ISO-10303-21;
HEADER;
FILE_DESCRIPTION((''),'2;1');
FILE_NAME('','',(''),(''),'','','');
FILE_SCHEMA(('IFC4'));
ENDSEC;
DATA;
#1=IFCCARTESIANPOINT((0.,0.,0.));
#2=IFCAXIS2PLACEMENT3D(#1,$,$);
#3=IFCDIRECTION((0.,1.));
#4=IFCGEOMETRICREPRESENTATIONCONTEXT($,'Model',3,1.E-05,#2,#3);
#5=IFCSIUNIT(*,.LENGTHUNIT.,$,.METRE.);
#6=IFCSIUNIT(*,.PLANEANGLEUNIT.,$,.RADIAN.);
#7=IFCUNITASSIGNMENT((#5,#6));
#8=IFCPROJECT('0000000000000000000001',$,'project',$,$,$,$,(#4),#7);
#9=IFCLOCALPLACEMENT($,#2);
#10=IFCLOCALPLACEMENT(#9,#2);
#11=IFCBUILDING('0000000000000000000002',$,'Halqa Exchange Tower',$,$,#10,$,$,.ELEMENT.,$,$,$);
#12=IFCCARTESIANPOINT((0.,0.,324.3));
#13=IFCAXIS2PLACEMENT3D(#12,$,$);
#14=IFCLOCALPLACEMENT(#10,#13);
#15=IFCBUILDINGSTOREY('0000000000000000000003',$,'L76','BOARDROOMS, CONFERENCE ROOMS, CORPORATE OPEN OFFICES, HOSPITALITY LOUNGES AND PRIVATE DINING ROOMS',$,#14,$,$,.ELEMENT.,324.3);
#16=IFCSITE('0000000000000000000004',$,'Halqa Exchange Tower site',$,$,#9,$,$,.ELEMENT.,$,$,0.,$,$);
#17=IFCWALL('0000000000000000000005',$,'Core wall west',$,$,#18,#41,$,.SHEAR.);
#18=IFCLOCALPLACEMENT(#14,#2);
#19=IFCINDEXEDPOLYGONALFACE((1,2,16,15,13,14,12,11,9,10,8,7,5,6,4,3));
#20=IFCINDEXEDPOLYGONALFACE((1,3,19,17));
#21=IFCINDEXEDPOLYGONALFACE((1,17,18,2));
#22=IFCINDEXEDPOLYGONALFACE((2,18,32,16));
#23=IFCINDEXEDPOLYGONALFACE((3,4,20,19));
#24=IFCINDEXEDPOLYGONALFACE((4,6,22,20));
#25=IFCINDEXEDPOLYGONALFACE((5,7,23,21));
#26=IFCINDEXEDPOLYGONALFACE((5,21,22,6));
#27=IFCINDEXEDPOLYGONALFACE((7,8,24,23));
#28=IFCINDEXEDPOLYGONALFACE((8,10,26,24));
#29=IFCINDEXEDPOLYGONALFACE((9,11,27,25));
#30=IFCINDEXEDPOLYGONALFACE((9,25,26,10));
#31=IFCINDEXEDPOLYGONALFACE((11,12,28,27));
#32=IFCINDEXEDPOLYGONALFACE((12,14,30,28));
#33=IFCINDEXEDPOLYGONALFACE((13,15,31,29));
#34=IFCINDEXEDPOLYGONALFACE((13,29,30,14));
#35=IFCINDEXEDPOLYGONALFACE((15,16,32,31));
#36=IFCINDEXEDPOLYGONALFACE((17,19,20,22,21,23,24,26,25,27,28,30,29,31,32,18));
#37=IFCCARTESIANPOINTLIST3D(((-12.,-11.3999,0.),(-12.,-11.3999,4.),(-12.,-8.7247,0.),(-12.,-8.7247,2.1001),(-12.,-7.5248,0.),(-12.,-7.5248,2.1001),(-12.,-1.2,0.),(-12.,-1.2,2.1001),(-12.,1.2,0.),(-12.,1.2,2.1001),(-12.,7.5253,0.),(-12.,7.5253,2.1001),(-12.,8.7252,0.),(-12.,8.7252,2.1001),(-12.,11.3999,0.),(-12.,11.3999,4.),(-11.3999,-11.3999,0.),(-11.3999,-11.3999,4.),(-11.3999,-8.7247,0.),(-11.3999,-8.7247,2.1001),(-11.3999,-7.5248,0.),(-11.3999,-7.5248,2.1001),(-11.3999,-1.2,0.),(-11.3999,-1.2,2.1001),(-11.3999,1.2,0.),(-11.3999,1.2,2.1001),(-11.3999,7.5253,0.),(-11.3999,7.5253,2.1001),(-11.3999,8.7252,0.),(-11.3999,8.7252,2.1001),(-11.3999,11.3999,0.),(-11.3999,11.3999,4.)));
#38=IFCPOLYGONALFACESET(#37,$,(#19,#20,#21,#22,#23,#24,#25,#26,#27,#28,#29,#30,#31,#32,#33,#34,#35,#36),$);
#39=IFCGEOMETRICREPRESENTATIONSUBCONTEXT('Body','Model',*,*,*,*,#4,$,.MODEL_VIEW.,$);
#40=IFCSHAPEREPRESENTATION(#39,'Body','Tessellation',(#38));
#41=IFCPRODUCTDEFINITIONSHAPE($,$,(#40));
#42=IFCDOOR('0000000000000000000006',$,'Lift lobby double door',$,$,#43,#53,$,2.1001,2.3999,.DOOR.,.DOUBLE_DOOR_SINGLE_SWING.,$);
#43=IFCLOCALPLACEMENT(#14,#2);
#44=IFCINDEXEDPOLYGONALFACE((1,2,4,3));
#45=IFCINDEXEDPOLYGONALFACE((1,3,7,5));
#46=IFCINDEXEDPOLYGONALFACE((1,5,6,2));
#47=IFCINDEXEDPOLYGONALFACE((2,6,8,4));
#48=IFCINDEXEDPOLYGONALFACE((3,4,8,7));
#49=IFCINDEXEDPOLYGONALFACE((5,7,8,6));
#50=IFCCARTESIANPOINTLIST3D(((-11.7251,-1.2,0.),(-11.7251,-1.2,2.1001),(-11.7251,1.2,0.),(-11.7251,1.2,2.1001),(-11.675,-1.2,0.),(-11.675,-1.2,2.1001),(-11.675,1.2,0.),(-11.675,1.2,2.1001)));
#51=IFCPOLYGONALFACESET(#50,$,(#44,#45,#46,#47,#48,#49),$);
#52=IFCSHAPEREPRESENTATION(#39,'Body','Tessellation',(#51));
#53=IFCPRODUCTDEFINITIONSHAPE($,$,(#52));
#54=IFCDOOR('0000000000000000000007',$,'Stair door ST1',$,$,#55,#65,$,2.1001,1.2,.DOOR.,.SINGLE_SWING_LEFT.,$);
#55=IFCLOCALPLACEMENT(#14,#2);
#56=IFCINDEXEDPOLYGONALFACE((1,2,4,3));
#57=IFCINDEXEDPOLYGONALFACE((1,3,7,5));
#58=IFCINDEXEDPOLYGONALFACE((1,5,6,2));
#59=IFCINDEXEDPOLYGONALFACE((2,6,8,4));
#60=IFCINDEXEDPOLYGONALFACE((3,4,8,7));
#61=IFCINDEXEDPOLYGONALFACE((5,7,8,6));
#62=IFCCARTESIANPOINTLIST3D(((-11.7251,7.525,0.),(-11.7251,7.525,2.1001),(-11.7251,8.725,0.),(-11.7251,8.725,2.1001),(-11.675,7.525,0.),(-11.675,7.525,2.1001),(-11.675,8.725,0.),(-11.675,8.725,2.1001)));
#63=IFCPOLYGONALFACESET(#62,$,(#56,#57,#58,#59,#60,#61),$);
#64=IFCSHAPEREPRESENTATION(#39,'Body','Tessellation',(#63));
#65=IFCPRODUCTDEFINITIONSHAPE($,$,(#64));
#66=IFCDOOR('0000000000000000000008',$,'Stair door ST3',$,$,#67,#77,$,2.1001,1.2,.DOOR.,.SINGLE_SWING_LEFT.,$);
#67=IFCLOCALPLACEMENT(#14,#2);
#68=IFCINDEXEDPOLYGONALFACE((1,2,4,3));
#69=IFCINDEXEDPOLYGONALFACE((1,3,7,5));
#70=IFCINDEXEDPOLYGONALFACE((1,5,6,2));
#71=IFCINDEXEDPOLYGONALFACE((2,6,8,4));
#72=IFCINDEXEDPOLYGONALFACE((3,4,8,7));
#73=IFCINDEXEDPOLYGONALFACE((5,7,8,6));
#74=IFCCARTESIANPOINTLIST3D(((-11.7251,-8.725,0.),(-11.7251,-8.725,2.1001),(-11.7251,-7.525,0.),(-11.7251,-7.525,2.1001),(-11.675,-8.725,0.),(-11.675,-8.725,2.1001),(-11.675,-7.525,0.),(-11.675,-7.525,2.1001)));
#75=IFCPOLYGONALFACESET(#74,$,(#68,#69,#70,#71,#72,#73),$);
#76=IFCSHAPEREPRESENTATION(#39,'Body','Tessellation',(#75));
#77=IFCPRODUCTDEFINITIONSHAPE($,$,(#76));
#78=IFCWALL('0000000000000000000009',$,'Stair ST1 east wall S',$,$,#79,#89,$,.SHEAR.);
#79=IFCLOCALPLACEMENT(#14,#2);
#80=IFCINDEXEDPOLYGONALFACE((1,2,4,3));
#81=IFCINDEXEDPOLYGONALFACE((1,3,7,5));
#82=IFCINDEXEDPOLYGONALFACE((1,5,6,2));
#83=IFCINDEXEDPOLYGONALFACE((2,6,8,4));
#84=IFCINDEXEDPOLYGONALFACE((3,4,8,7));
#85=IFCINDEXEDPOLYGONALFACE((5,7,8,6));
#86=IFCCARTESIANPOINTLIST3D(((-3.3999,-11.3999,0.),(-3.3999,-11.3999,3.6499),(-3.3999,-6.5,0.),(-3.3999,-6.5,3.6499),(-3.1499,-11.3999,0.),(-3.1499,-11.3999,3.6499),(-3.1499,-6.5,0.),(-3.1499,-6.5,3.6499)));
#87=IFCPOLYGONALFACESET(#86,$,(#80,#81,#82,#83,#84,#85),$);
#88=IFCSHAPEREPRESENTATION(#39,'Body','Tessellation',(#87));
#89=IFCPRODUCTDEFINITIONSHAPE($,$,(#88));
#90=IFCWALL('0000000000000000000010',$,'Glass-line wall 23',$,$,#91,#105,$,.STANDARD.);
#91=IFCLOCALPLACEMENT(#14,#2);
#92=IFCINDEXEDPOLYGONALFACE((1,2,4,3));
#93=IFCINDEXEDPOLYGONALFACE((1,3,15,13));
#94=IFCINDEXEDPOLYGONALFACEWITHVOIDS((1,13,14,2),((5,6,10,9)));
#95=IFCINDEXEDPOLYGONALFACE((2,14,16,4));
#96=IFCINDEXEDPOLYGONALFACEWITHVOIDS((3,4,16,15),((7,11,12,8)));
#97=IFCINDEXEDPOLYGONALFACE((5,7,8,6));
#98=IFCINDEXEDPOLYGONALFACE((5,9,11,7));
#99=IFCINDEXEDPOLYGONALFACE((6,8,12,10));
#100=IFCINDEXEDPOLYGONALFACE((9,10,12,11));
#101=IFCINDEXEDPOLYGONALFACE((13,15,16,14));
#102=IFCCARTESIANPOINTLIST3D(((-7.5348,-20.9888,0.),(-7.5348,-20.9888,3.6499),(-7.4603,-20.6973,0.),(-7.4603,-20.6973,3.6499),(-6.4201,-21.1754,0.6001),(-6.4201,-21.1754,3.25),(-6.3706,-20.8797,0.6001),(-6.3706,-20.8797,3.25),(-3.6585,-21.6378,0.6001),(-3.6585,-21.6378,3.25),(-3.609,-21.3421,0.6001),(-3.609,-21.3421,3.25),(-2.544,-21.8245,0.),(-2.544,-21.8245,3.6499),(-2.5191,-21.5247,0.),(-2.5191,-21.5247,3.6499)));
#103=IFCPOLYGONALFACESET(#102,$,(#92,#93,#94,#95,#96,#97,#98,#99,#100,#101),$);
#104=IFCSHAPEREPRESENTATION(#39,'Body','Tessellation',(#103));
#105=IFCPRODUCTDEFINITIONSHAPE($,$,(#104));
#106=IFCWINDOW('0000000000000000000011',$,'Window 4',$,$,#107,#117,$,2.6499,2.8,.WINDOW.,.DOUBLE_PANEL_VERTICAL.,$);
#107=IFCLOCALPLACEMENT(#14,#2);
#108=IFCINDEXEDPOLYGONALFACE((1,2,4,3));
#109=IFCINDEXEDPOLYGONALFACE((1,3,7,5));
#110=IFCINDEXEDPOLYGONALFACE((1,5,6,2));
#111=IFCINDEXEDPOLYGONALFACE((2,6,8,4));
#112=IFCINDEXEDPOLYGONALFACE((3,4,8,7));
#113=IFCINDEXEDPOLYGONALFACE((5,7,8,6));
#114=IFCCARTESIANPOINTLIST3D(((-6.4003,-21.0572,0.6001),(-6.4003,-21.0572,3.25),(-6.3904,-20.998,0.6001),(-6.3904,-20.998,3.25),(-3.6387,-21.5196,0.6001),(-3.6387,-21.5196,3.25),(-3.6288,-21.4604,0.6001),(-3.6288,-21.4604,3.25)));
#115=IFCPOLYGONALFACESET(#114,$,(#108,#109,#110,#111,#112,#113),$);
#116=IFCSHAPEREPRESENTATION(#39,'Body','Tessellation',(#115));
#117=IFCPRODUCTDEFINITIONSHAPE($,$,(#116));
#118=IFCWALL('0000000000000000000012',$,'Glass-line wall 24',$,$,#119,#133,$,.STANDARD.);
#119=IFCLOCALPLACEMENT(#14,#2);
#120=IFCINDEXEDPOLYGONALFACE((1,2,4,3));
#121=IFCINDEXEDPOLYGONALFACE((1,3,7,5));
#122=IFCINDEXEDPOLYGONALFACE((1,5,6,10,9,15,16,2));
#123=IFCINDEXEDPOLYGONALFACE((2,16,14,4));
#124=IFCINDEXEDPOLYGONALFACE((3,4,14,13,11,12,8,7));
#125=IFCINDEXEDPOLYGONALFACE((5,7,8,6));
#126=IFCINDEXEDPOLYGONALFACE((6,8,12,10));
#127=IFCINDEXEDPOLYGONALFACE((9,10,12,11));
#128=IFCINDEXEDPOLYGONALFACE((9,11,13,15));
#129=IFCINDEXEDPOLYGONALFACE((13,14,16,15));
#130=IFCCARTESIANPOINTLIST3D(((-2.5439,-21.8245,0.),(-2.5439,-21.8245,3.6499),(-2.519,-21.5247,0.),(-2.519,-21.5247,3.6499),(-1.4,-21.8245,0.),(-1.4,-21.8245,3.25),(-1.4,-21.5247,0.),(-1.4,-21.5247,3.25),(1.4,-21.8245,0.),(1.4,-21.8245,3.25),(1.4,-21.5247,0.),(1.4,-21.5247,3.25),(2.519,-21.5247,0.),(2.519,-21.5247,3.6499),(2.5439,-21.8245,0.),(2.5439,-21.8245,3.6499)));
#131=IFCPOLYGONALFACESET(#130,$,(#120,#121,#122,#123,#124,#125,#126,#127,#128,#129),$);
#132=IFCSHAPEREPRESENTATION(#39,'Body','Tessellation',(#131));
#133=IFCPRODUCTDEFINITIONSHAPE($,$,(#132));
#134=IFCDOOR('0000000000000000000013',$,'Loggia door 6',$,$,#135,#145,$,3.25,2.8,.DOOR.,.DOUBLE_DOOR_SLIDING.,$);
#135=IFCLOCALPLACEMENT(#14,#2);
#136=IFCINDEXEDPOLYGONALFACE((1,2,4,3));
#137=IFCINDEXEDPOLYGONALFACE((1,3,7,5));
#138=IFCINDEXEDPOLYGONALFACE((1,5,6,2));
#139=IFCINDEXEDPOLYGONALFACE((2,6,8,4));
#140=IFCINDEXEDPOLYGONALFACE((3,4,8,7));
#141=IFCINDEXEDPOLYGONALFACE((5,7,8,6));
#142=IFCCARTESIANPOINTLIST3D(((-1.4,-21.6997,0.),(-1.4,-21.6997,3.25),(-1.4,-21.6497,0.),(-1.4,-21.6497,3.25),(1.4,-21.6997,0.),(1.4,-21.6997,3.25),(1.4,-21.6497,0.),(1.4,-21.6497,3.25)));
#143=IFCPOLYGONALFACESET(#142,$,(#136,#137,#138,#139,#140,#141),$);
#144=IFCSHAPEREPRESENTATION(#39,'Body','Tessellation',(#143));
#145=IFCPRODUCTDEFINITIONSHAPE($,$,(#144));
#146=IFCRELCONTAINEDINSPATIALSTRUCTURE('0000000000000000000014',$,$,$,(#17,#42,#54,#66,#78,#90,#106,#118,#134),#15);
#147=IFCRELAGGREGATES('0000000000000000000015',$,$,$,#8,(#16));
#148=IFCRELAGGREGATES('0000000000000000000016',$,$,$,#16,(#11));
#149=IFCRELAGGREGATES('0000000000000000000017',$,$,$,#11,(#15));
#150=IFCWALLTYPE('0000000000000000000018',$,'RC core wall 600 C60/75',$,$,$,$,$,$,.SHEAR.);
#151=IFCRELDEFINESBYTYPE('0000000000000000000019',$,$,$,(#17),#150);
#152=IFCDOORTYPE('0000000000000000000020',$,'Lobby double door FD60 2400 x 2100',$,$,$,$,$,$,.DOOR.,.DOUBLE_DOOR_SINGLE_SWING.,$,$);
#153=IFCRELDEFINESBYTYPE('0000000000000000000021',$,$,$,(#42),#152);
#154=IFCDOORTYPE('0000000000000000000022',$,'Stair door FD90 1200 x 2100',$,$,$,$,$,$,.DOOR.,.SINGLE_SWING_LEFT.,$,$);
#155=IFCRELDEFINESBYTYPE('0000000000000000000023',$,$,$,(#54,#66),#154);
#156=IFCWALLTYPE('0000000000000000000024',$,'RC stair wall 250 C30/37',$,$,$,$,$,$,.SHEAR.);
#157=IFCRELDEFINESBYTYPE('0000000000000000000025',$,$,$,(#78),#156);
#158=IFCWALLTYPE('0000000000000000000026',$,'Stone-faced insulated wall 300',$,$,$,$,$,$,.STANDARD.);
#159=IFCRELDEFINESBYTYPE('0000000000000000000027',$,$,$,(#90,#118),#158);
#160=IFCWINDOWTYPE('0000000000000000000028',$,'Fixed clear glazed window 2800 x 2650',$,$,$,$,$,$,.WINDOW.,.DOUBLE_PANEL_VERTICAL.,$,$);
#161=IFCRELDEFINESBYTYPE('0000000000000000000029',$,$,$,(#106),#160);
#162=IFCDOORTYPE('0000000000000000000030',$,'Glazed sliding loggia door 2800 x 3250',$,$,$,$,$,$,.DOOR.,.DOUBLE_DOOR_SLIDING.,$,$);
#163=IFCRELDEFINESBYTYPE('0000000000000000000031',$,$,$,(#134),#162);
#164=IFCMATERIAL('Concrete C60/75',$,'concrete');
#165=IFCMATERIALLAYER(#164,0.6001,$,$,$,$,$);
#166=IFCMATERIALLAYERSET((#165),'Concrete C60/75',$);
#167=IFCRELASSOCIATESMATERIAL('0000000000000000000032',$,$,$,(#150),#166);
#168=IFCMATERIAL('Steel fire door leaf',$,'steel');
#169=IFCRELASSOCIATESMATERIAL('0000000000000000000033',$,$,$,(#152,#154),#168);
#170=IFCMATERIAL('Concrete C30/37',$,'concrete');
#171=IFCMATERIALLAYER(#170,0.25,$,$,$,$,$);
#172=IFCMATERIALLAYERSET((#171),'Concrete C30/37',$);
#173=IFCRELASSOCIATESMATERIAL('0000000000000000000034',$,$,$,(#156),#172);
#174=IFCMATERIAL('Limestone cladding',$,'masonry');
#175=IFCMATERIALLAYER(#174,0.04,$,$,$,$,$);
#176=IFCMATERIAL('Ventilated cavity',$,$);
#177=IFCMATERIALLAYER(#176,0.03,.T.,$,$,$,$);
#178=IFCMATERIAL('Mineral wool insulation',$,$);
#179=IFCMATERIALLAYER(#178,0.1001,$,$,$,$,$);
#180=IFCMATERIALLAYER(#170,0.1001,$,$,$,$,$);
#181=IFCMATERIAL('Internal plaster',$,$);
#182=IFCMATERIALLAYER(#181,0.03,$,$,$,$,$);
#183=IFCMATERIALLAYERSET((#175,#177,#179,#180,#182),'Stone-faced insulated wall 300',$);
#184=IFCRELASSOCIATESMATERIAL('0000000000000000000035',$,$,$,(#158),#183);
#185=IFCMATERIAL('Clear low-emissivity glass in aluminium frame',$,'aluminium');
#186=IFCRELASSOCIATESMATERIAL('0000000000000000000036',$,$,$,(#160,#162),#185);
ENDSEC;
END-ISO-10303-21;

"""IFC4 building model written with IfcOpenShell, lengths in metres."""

from ifc_helpers import new_model, si_unit, direction, frame, frame_2d, origin, place, context, subcontext, project, spatial, polyline, rectangle, outline, extrude, material, layer, layer_set, type_object, element, fill, save


model = new_model("IFC4")

# Units and contexts
model_context = context("Model", 3, precision=1e-05, world=origin(), true_north=direction((0.0, 1.0)))
body_context = subcontext(model_context, "Body", "Model", "MODEL_VIEW")
ifc_project = project(units=[si_unit("LENGTHUNIT", "METRE"), si_unit("PLANEANGLEUNIT", "RADIAN")], contexts=[model_context])

# Site, building, storey
site_placement = place(None, origin())
site = spatial("IfcSite", under=ifc_project, at=site_placement, Name="Halqa Exchange Tower site", CompositionType="ELEMENT", RefElevation=0.0)
building_placement = place(site_placement, origin())
building = spatial("IfcBuilding", under=site, at=building_placement, Name="Halqa Exchange Tower", CompositionType="ELEMENT")
storey_placement = place(building_placement, frame((0.0, 0.0, 324.3)))
storey = spatial("IfcBuildingStorey", under=building, at=storey_placement, Name="L76", Description="BOARDROOMS, CONFERENCE ROOMS, CORPORATE OPEN OFFICES, HOSPITALITY LOUNGES AND PRIVATE DINING ROOMS", CompositionType="ELEMENT", Elevation=324.3)

# Shared definitions
ifc_material_1 = material(Name="Concrete C60/75", Category="concrete")

# Wall, openings, doors
ifc_layer_1 = layer(ifc_material_1, 0.6001)
ifc_layer_set_1 = layer_set([ifc_layer_1], Name="Concrete C60/75")
wall_type_1 = type_object("IfcWallType", Name="RC core wall 600 C60/75", PredefinedType="SHEAR", material=ifc_layer_set_1)
wall_1_placement = place(storey_placement, frame((-11.7, -11.3999, 0.0), z_axis=(0.0, 0.0, 1.0), x_axis=(0.0, 1.0, 0.0)))
wall_1 = element("IfcWall", 1, at=wall_1_placement, inside=storey, type_object=wall_type_1, Name="Core wall west", PredefinedType="SHEAR", context=body_context, shape_type="SweptSolid", body=[
    extrude(rectangle(XDim=22.7998, YDim=0.6001, at=frame_2d((11.3999, 0.0))), origin(), (0.0, 0.0, 1.0), 4.0),
])
opening_1_placement = place(wall_1_placement, frame((10.2, 0.0, 0.0)))
opening_1 = element("IfcOpeningElement", 2, at=opening_1_placement, cuts=wall_1, PredefinedType="OPENING", context=body_context, shape_type="SweptSolid", body=[
    extrude(rectangle(XDim=2.3999, YDim=2.1001, at=frame_2d((1.2, 1.05))), frame((0.0, 0.312, 0.0), z_axis=(0.0, -1.0, 0.0), x_axis=(1.0, 0.0, 0.0)), (0.0, 0.0, 1.0), 0.624),
])
opening_2_placement = place(wall_1_placement, frame((18.925, 0.0, 0.0)))
opening_2 = element("IfcOpeningElement", 3, at=opening_2_placement, cuts=wall_1, PredefinedType="OPENING", context=body_context, shape_type="SweptSolid", body=[
    extrude(rectangle(XDim=1.2, YDim=2.1001, at=frame_2d((0.6001, 1.05))), frame((0.0, 0.312, 0.0), z_axis=(0.0, -1.0, 0.0), x_axis=(1.0, 0.0, 0.0)), (0.0, 0.0, 1.0), 0.624),
])
opening_3_placement = place(wall_1_placement, frame((2.675, 0.0, 0.0)))
opening_3 = element("IfcOpeningElement", 4, at=opening_3_placement, cuts=wall_1, PredefinedType="OPENING", context=body_context, shape_type="SweptSolid", body=[
    extrude(rectangle(XDim=1.2, YDim=2.1001, at=frame_2d((0.6001, 1.05))), frame((0.0, 0.312, 0.0), z_axis=(0.0, -1.0, 0.0), x_axis=(1.0, 0.0, 0.0)), (0.0, 0.0, 1.0), 0.624),
])
ifc_material_2 = material(Name="Steel fire door leaf", Category="steel")
door_type_1 = type_object("IfcDoorType", Name="Lobby double door FD60 2400 x 2100", OperationType="DOUBLE_DOOR_SINGLE_SWING", PredefinedType="DOOR", material=ifc_material_2)
door_1_placement = place(opening_1_placement, frame((2.3999, 0.0, 0.0), z_axis=(0.0, 0.0, 1.0), x_axis=(-1.0, 0.0, 0.0)))
door_1 = element("IfcDoor", 5, at=door_1_placement, inside=storey, type_object=door_type_1, Name="Lift lobby double door", OperationType="DOUBLE_DOOR_SINGLE_SWING", OverallHeight=2.1001, OverallWidth=2.3999, PredefinedType="DOOR", context=body_context, shape_type="SweptSolid", body=[
    extrude(rectangle(XDim=2.3999, YDim=2.1001, at=frame_2d((1.2, 1.05))), frame((0.0, 0.0249, 0.0), z_axis=(0.0, -1.0, 0.0), x_axis=(1.0, 0.0, 0.0)), (0.0, 0.0, 1.0), 0.05),
])
fill(opening_1, door_1)
door_type_2 = type_object("IfcDoorType", Name="Stair door FD90 1200 x 2100", OperationType="SINGLE_SWING_LEFT", PredefinedType="DOOR", material=ifc_material_2)
door_2_placement = place(opening_2_placement, frame((1.2, 0.0, 0.0), z_axis=(0.0, 0.0, 1.0), x_axis=(-1.0, 0.0, 0.0)))
door_2 = element("IfcDoor", 6, at=door_2_placement, inside=storey, type_object=door_type_2, Name="Stair door ST1", OperationType="SINGLE_SWING_LEFT", OverallHeight=2.1001, OverallWidth=1.2, PredefinedType="DOOR", context=body_context, shape_type="SweptSolid", body=[
    extrude(rectangle(XDim=1.2, YDim=2.1001, at=frame_2d((0.6001, 1.05))), frame((0.0, 0.0249, 0.0), z_axis=(0.0, -1.0, 0.0), x_axis=(1.0, 0.0, 0.0)), (0.0, 0.0, 1.0), 0.05),
])
fill(opening_2, door_2)
door_3_placement = place(opening_3_placement, frame((1.2, 0.0, 0.0), z_axis=(0.0, 0.0, 1.0), x_axis=(-1.0, 0.0, 0.0)))
door_3 = element("IfcDoor", 7, at=door_3_placement, inside=storey, type_object=door_type_2, Name="Stair door ST3", OperationType="SINGLE_SWING_LEFT", OverallHeight=2.1001, OverallWidth=1.2, PredefinedType="DOOR", context=body_context, shape_type="SweptSolid", body=[
    extrude(rectangle(XDim=1.2, YDim=2.1001, at=frame_2d((0.6001, 1.05))), frame((0.0, 0.0249, 0.0), z_axis=(0.0, -1.0, 0.0), x_axis=(1.0, 0.0, 0.0)), (0.0, 0.0, 1.0), 0.05),
])
fill(opening_3, door_3)

# Wall
ifc_material_3 = material(Name="Concrete C30/37", Category="concrete")
ifc_layer_2 = layer(ifc_material_3, 0.25)
ifc_layer_set_2 = layer_set([ifc_layer_2], Name="Concrete C30/37")
wall_type_2 = type_object("IfcWallType", Name="RC stair wall 250 C30/37", PredefinedType="SHEAR", material=ifc_layer_set_2)
wall_2_placement = place(storey_placement, frame((-3.2749, -11.3999, 0.0), z_axis=(0.0, 0.0, 1.0), x_axis=(0.0, 1.0, 0.0)))
element("IfcWall", 8, at=wall_2_placement, inside=storey, type_object=wall_type_2, Name="Stair ST1 east wall S", PredefinedType="SHEAR", context=body_context, shape_type="SweptSolid", body=[
    extrude(rectangle(XDim=4.8999, YDim=0.25, at=frame_2d((2.45, 0.0))), origin(), (0.0, 0.0, 1.0), 3.6499),
])

# Wall, opening, window
ifc_material_4 = material(Name="Limestone cladding", Category="masonry")
ifc_layer_3 = layer(ifc_material_4, 0.04)
ifc_material_5 = material(Name="Ventilated cavity")
ifc_layer_4 = layer(ifc_material_5, 0.03, ventilated=True)
ifc_material_6 = material(Name="Mineral wool insulation")
ifc_layer_5 = layer(ifc_material_6, 0.1001)
ifc_layer_6 = layer(ifc_material_3, 0.1001)
ifc_material_7 = material(Name="Internal plaster")
ifc_layer_7 = layer(ifc_material_7, 0.03)
ifc_layer_set_3 = layer_set([ifc_layer_3, ifc_layer_4, ifc_layer_5, ifc_layer_6, ifc_layer_7], Name="Stone-faced insulated wall 300")
wall_type_3 = type_object("IfcWallType", Name="Stone-faced insulated wall 300", PredefinedType="STANDARD", material=ifc_layer_set_3)
wall_3_placement = place(storey_placement, frame((-7.4976, -20.843, 0.0), z_axis=(0.0, 0.0, 1.0), x_axis=(0.986269, -0.165146, 0.0)))
wall_3 = element("IfcWall", 9, at=wall_3_placement, inside=storey, type_object=wall_type_3, Name="Glass-line wall 23", PredefinedType="STANDARD", context=body_context, shape_type="SweptSolid", body=[
    extrude(outline(polyline([(-0.0127, -0.1499), (5.0476, -0.1499), (5.0227, 0.1499), (0.0127, 0.1499), (-0.0127, -0.1499)])), origin(), (0.0, 0.0, 1.0), 3.6499),
])
opening_4_placement = place(wall_3_placement, frame((1.1177, 0.0, 0.6001)))
opening_4 = element("IfcOpeningElement", 10, at=opening_4_placement, cuts=wall_3, PredefinedType="OPENING", context=body_context, shape_type="SweptSolid", body=[
    extrude(rectangle(XDim=2.8, YDim=2.6499, at=frame_2d((1.3999, 1.325))), frame((0.0, 0.1621, 0.0), z_axis=(0.0, -1.0, 0.0), x_axis=(1.0, 0.0, 0.0)), (0.0, 0.0, 1.0), 0.324),
])
ifc_material_8 = material(Name="Clear low-emissivity glass in aluminium frame", Category="aluminium")
window_type = type_object("IfcWindowType", Name="Fixed clear glazed window 2800 x 2650", PartitioningType="DOUBLE_PANEL_VERTICAL", PredefinedType="WINDOW", material=ifc_material_8)
window_placement = place(opening_4_placement, origin())
window = element("IfcWindow", 11, at=window_placement, inside=storey, type_object=window_type, Name="Window 4", OverallHeight=2.6499, OverallWidth=2.8, PartitioningType="DOUBLE_PANEL_VERTICAL", PredefinedType="WINDOW", context=body_context, shape_type="SweptSolid", body=[
    extrude(rectangle(XDim=2.8, YDim=2.6499, at=frame_2d((1.3999, 1.325))), frame((0.0, 0.03, 0.0), z_axis=(0.0, -1.0, 0.0), x_axis=(1.0, 0.0, 0.0)), (0.0, 0.0, 1.0), 0.0601),
])
fill(opening_4, window)

# Wall, opening, door
wall_4_placement = place(storey_placement, frame((-2.5315, -21.6746, 0.0), z_axis=(0.0, 0.0, 1.0), x_axis=(1.0, 0.0, 0.0)))
wall_4 = element("IfcWall", 12, at=wall_4_placement, inside=storey, type_object=wall_type_3, Name="Glass-line wall 24", PredefinedType="STANDARD", context=body_context, shape_type="SweptSolid", body=[
    extrude(outline(polyline([(-0.0125, -0.1499), (5.0754, -0.1499), (5.0505, 0.1499), (0.0125, 0.1499), (-0.0125, -0.1499)])), origin(), (0.0, 0.0, 1.0), 3.6499),
])
opening_5_placement = place(wall_4_placement, frame((1.1316, 0.0, 0.0)))
opening_5 = element("IfcOpeningElement", 13, at=opening_5_placement, cuts=wall_4, PredefinedType="OPENING", context=body_context, shape_type="SweptSolid", body=[
    extrude(rectangle(XDim=2.8, YDim=3.25, at=frame_2d((1.3999, 1.625))), frame((0.0, 0.1621, 0.0), z_axis=(0.0, -1.0, 0.0), x_axis=(1.0, 0.0, 0.0)), (0.0, 0.0, 1.0), 0.324),
])
door_type_3 = type_object("IfcDoorType", Name="Glazed sliding loggia door 2800 x 3250", OperationType="DOUBLE_DOOR_SLIDING", PredefinedType="DOOR", material=ifc_material_8)
door_4_placement = place(opening_5_placement, origin())
door_4 = element("IfcDoor", 14, at=door_4_placement, inside=storey, type_object=door_type_3, Name="Loggia door 6", OperationType="DOUBLE_DOOR_SLIDING", OverallHeight=3.25, OverallWidth=2.8, PredefinedType="DOOR", context=body_context, shape_type="SweptSolid", body=[
    extrude(rectangle(XDim=2.8, YDim=3.25, at=frame_2d((1.3999, 1.625))), frame((0.0, 0.0249, 0.0), z_axis=(0.0, -1.0, 0.0), x_axis=(1.0, 0.0, 0.0)), (0.0, 0.0, 1.0), 0.05),
])
fill(opening_5, door_4)

save(model, "model.ifc")
